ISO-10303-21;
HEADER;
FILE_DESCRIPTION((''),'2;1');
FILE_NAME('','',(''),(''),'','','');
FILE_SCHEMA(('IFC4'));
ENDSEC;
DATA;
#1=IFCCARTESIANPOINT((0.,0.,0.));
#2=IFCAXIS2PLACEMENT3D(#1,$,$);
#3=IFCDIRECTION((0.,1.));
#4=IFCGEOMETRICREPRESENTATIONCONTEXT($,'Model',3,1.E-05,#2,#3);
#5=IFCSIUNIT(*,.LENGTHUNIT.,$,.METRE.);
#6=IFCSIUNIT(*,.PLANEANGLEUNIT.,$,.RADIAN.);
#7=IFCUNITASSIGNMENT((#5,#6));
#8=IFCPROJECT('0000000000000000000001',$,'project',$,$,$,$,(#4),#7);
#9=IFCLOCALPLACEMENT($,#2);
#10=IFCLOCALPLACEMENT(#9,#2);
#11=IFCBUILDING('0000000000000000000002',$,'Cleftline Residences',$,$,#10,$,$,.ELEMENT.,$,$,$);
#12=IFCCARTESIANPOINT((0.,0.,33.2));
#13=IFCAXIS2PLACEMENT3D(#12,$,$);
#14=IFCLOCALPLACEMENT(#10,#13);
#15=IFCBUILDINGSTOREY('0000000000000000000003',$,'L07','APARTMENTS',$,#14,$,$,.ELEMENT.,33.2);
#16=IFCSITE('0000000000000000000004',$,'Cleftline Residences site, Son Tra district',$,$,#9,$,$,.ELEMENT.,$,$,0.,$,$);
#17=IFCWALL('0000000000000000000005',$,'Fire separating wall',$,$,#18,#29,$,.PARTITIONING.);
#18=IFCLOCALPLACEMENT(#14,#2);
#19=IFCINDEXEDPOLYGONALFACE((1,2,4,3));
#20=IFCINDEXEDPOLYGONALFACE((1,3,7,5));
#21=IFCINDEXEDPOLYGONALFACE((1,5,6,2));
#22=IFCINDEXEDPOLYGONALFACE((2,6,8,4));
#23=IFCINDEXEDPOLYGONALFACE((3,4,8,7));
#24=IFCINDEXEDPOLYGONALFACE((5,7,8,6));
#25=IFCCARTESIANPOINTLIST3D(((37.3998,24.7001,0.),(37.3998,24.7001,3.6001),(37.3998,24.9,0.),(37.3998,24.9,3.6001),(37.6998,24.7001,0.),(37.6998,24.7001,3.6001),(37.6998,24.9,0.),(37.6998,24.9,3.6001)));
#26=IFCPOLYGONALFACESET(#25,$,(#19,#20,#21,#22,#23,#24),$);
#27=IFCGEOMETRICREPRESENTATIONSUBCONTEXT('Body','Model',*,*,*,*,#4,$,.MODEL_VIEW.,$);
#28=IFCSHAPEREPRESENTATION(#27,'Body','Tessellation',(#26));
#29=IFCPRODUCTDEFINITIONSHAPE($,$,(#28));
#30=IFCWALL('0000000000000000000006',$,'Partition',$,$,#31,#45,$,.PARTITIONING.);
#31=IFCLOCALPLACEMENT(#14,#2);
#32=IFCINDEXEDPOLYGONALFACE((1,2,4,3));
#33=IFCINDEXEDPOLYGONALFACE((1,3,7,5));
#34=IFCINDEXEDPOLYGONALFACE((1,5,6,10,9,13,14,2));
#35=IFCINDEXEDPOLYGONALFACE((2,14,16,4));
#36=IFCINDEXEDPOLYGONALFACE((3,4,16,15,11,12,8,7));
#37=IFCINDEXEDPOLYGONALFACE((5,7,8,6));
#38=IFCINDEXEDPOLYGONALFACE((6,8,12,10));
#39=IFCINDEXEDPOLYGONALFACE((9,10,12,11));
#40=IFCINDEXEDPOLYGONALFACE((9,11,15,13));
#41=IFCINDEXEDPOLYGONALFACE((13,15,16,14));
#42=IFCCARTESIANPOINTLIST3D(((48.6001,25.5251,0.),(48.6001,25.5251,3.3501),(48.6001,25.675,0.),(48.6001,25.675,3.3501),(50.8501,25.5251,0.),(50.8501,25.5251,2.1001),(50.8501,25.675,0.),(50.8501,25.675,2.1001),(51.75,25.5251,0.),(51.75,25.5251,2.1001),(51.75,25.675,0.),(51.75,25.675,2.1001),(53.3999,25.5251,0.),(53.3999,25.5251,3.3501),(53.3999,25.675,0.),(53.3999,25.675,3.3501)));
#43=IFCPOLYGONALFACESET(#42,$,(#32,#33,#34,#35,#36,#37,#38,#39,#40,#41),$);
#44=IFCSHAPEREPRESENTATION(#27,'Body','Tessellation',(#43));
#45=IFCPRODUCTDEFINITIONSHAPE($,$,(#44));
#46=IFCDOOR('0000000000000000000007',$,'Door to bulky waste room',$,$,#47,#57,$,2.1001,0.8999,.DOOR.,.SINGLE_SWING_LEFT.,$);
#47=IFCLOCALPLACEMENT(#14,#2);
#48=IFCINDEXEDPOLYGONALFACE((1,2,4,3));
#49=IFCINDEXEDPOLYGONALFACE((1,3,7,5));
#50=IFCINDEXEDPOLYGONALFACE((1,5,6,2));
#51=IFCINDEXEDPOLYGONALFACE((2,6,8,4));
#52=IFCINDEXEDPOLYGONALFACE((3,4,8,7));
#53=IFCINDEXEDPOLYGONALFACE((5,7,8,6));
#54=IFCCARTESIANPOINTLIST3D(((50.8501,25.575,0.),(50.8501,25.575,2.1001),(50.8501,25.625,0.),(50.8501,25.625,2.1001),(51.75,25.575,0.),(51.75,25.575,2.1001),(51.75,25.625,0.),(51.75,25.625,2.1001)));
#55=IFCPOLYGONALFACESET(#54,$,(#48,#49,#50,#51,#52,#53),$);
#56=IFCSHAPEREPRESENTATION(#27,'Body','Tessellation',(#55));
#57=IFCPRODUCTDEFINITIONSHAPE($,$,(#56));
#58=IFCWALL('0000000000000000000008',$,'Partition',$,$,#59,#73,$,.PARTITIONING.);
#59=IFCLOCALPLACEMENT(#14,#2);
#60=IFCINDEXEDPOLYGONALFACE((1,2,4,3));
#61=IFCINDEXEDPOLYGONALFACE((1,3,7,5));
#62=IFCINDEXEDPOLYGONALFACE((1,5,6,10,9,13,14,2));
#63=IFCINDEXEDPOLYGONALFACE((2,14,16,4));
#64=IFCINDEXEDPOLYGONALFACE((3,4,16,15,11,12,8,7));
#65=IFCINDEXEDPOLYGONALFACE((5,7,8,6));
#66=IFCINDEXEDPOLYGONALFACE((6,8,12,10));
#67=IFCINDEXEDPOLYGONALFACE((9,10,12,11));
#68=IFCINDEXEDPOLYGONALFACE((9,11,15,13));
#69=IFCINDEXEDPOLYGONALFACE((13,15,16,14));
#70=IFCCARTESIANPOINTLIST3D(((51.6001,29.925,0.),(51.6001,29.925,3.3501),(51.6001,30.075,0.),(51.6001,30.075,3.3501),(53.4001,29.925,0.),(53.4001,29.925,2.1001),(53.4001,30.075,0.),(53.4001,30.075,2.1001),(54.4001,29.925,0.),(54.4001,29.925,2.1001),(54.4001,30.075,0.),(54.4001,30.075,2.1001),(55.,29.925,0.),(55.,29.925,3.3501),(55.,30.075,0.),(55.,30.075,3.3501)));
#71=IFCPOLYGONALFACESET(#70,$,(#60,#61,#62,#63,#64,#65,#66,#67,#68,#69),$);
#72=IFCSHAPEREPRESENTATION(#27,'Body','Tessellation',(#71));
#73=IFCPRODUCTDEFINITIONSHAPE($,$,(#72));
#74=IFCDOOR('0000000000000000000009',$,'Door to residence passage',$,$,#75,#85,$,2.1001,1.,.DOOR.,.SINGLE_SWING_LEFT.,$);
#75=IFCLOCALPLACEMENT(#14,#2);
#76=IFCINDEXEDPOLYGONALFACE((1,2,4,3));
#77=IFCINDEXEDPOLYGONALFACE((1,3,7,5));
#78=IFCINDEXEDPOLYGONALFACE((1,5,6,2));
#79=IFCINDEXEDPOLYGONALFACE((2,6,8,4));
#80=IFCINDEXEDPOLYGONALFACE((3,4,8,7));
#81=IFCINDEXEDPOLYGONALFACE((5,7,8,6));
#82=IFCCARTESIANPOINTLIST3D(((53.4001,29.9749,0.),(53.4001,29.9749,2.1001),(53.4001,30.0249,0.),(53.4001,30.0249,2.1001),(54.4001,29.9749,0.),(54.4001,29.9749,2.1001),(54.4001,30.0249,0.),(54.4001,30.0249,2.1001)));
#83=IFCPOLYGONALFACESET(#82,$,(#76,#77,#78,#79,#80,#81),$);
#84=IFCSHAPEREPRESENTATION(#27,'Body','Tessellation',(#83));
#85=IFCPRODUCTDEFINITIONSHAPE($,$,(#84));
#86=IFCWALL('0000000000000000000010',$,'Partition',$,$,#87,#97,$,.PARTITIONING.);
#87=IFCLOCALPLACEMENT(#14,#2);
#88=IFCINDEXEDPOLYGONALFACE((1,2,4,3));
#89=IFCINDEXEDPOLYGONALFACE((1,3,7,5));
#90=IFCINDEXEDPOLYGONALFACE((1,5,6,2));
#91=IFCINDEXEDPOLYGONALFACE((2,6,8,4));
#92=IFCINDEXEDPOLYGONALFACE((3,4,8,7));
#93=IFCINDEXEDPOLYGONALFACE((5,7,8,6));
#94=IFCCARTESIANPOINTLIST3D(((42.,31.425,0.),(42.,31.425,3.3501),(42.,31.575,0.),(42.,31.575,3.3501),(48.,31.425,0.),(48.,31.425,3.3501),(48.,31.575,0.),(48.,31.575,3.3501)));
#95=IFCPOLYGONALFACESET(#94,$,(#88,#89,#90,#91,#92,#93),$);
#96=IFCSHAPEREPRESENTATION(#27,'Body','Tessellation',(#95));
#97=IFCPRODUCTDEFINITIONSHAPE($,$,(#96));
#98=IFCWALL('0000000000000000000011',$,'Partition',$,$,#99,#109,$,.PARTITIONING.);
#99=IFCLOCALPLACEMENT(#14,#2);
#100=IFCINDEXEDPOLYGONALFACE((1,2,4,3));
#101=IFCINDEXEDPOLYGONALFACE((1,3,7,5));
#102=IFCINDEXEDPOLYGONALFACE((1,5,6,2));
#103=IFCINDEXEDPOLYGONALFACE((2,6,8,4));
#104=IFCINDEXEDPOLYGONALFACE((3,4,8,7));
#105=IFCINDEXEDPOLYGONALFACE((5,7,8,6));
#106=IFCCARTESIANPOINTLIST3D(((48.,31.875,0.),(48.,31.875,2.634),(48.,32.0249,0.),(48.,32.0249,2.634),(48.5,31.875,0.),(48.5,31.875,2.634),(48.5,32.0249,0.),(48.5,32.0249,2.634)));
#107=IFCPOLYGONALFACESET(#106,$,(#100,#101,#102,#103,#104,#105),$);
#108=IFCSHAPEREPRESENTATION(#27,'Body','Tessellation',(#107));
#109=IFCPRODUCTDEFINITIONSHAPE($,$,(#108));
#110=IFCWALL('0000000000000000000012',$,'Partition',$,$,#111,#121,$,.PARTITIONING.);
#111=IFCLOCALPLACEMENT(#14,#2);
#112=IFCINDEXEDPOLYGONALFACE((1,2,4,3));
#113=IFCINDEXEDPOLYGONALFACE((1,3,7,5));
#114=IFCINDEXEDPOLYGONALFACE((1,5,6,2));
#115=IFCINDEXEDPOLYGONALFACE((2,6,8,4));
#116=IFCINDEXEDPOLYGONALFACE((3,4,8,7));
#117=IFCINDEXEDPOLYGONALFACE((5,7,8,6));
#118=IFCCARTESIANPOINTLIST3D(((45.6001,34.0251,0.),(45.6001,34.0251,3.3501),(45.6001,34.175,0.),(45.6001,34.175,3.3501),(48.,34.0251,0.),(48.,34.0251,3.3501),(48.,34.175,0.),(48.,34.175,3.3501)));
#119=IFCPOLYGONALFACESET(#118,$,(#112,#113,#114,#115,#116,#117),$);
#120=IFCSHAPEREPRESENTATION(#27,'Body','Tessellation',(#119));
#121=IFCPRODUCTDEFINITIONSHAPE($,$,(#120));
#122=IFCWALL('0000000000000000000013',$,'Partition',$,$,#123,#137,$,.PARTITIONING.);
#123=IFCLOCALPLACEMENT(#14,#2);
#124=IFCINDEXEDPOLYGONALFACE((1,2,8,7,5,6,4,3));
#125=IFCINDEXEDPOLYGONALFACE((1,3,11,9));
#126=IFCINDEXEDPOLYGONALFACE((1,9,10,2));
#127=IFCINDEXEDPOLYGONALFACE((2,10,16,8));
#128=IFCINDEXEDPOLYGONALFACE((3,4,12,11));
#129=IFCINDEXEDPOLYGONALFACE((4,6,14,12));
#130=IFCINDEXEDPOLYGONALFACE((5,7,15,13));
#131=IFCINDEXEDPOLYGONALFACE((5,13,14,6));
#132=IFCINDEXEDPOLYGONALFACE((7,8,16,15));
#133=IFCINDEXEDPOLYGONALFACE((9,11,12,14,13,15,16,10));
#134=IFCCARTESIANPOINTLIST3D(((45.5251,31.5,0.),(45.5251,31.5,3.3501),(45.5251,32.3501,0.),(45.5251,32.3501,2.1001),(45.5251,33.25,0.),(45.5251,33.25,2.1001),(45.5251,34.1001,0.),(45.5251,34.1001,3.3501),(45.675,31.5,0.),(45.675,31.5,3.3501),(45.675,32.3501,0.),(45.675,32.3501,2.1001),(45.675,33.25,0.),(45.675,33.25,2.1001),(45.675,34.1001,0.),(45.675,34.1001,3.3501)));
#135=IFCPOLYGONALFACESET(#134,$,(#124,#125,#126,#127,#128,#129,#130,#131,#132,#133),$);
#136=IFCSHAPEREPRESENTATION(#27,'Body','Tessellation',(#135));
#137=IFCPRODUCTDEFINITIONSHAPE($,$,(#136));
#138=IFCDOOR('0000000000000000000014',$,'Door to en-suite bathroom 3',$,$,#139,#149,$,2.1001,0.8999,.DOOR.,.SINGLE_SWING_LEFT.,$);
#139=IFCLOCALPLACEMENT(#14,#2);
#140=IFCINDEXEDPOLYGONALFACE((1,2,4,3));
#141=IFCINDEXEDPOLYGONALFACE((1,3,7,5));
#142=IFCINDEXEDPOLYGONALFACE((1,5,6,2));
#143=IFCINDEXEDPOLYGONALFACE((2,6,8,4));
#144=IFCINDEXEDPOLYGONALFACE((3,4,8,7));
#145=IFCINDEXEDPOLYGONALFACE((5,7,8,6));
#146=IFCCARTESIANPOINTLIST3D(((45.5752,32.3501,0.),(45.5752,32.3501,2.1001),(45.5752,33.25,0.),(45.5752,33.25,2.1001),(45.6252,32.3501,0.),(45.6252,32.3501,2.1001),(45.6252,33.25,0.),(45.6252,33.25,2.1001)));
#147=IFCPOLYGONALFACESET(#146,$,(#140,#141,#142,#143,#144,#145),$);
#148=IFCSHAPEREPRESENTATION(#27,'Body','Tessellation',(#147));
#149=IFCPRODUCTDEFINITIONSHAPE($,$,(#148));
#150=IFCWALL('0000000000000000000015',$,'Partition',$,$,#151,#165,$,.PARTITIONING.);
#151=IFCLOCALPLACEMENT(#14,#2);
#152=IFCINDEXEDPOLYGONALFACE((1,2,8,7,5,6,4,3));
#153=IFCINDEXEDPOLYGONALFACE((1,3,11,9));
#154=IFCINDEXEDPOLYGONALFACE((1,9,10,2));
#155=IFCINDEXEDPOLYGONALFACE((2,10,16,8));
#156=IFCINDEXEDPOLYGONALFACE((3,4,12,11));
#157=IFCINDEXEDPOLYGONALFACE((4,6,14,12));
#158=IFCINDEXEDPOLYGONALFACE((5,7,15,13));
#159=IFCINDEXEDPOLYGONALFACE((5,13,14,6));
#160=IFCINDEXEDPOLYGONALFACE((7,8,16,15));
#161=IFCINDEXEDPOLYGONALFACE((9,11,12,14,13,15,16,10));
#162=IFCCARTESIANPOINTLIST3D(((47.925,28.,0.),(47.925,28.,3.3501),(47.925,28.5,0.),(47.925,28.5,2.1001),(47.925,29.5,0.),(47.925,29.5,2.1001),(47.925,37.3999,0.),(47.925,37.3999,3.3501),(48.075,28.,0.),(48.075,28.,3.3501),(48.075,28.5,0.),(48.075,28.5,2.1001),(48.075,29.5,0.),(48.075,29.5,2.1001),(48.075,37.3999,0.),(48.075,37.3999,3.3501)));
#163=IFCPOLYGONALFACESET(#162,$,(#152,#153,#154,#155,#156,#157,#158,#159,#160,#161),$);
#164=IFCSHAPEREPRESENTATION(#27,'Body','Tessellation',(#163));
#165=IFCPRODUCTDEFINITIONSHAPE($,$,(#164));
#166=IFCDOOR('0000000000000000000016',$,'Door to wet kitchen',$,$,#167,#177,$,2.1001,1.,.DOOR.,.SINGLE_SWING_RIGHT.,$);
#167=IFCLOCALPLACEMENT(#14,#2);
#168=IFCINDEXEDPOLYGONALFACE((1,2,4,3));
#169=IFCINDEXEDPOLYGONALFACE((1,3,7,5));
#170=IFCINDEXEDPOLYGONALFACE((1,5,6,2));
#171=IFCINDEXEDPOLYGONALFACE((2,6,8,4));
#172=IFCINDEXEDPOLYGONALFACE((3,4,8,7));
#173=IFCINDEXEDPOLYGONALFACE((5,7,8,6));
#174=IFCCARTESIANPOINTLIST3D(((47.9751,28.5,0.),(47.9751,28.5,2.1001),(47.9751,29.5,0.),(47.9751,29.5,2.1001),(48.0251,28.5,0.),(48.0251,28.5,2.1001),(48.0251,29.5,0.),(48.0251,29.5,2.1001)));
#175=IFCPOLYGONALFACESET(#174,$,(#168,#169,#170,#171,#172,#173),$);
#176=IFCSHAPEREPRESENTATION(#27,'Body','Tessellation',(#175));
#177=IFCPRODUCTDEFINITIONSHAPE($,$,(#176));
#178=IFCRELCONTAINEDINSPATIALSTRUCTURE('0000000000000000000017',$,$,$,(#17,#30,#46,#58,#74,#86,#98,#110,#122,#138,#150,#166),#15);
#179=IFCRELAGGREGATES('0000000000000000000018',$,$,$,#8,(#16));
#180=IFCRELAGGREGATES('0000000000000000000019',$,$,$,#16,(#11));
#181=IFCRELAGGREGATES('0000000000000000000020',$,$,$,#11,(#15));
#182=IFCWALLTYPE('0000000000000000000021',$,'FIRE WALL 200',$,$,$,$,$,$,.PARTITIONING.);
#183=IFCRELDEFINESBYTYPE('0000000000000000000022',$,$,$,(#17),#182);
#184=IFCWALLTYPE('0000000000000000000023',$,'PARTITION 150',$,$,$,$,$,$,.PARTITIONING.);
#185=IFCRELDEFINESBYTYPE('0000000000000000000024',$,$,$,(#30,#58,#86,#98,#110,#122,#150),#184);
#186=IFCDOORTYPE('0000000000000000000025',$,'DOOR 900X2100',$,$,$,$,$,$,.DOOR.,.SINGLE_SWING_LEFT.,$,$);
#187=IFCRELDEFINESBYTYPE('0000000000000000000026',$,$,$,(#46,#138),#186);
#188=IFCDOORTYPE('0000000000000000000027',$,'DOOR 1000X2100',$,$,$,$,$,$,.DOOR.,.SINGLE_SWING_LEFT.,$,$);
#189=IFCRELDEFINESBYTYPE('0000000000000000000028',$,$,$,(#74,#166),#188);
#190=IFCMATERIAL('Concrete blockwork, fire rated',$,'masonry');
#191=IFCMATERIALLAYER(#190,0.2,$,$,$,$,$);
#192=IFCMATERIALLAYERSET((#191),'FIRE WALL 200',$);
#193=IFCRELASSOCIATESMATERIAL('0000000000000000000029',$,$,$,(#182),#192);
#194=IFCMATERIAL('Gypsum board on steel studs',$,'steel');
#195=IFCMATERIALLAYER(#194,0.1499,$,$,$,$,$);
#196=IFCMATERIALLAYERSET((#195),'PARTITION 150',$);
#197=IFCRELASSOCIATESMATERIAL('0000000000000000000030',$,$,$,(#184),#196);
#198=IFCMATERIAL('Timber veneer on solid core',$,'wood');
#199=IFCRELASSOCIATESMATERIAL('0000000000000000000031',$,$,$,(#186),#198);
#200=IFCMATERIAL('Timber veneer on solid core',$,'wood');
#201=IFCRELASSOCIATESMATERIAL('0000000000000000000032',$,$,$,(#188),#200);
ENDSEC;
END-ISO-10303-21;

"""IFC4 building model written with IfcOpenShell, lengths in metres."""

from ifc_helpers import new_model, si_unit, direction, frame, frame_2d, origin, place, context, subcontext, project, spatial, rectangle, extrude, material, layer, layer_set, type_object, element, fill, save


model = new_model("IFC4")

# Units and contexts
model_context = context("Model", 3, precision=1e-05, world=origin(), true_north=direction((0.0, 1.0)))
body_context = subcontext(model_context, "Body", "Model", "MODEL_VIEW")
ifc_project = project(units=[si_unit("LENGTHUNIT", "METRE"), si_unit("PLANEANGLEUNIT", "RADIAN")], contexts=[model_context])

# Site, building, storey
site_placement = place(None, origin())
site = spatial("IfcSite", under=ifc_project, at=site_placement, Name="Cleftline Residences site, Son Tra district", CompositionType="ELEMENT", RefElevation=0.0)
building_placement = place(site_placement, origin())
building = spatial("IfcBuilding", under=site, at=building_placement, Name="Cleftline Residences", CompositionType="ELEMENT")
storey_placement = place(building_placement, frame((0.0, 0.0, 33.2)))
storey = spatial("IfcBuildingStorey", under=building, at=storey_placement, Name="L07", Description="APARTMENTS", CompositionType="ELEMENT", Elevation=33.2)

# Shared definitions
ifc_material_1 = material(Name="Concrete blockwork, fire rated", Category="masonry")
ifc_layer_1 = layer(ifc_material_1, 0.2)
ifc_layer_set_1 = layer_set([ifc_layer_1], Name="FIRE WALL 200")
wall_type_1 = type_object("IfcWallType", Name="FIRE WALL 200", PredefinedType="PARTITIONING", material=ifc_layer_set_1)

# Wall
wall_1_placement = place(storey_placement, frame((37.3999, 24.8, 0.0), z_axis=(0.0, 0.0, 1.0), x_axis=(1.0, 0.0, 0.0)))
element("IfcWall", 1, at=wall_1_placement, inside=storey, type_object=wall_type_1, Name="Fire separating wall", PredefinedType="PARTITIONING", context=body_context, shape_type="SweptSolid", body=[
    extrude(rectangle(XDim=0.3, YDim=0.2, at=frame_2d((0.1499, 0.0))), origin(), (0.0, 0.0, 1.0), 3.6001),
])

# Walls, openings, doors
ifc_material_2 = material(Name="Gypsum board on steel studs", Category="steel")
ifc_layer_2 = layer(ifc_material_2, 0.1499)
ifc_layer_set_2 = layer_set([ifc_layer_2], Name="PARTITION 150")
wall_type_2 = type_object("IfcWallType", Name="PARTITION 150", PredefinedType="PARTITIONING", material=ifc_layer_set_2)
wall_2_placement = place(storey_placement, frame((48.6001, 25.6001, 0.0), z_axis=(0.0, 0.0, 1.0), x_axis=(1.0, 0.0, 0.0)))
wall_2 = element("IfcWall", 2, at=wall_2_placement, inside=storey, type_object=wall_type_2, Name="Partition", PredefinedType="PARTITIONING", context=body_context, shape_type="SweptSolid", body=[
    extrude(rectangle(XDim=4.7998, YDim=0.1499, at=frame_2d((2.3999, 0.0))), origin(), (0.0, 0.0, 1.0), 3.3501),
])
opening_1_placement = place(wall_2_placement, frame((2.25, 0.0, 0.0)))
opening_1 = element("IfcOpeningElement", 3, at=opening_1_placement, cuts=wall_2, PredefinedType="OPENING", context=body_context, shape_type="SweptSolid", body=[
    extrude(rectangle(XDim=0.8999, YDim=2.1001, at=frame_2d((0.45, 1.05))), frame((0.0, 0.085, 0.0), z_axis=(0.0, -1.0, 0.0), x_axis=(1.0, 0.0, 0.0)), (0.0, 0.0, 1.0), 0.1699),
])
ifc_material_3 = material(Name="Timber veneer on solid core", Category="wood")
door_type_1 = type_object("IfcDoorType", Name="DOOR 900X2100", OperationType="SINGLE_SWING_LEFT", PredefinedType="DOOR", material=ifc_material_3)
door_1_placement = place(opening_1_placement, origin())
door_1 = element("IfcDoor", 4, at=door_1_placement, inside=storey, type_object=door_type_1, Name="Door to bulky waste room", OperationType="SINGLE_SWING_LEFT", OverallHeight=2.1001, OverallWidth=0.8999, PredefinedType="DOOR", context=body_context, shape_type="SweptSolid", body=[
    extrude(rectangle(XDim=0.8999, YDim=2.1001, at=frame_2d((0.45, 1.05))), frame((0.0, 0.0249, 0.0), z_axis=(0.0, -1.0, 0.0), x_axis=(1.0, 0.0, 0.0)), (0.0, 0.0, 1.0), 0.05),
])
fill(opening_1, door_1)
wall_3_placement = place(storey_placement, frame((51.6001, 30.0, 0.0), z_axis=(0.0, 0.0, 1.0), x_axis=(1.0, 0.0, 0.0)))
wall_3 = element("IfcWall", 5, at=wall_3_placement, inside=storey, type_object=wall_type_2, Name="Partition", PredefinedType="PARTITIONING", context=body_context, shape_type="SweptSolid", body=[
    extrude(rectangle(XDim=3.3999, YDim=0.1499, at=frame_2d((1.7, 0.0))), origin(), (0.0, 0.0, 1.0), 3.3501),
])
opening_2_placement = place(wall_3_placement, frame((1.8, 0.0, 0.0)))
opening_2 = element("IfcOpeningElement", 6, at=opening_2_placement, cuts=wall_3, PredefinedType="OPENING", context=body_context, shape_type="SweptSolid", body=[
    extrude(rectangle(XDim=1.0, YDim=2.1001, at=frame_2d((0.5, 1.05))), frame((0.0, 0.085, 0.0), z_axis=(0.0, -1.0, 0.0), x_axis=(1.0, 0.0, 0.0)), (0.0, 0.0, 1.0), 0.1699),
])
ifc_material_4 = material(Name="Timber veneer on solid core", Category="wood")
door_type_2 = type_object("IfcDoorType", Name="DOOR 1000X2100", OperationType="SINGLE_SWING_LEFT", PredefinedType="DOOR", material=ifc_material_4)
door_2_placement = place(opening_2_placement, origin())
door_2 = element("IfcDoor", 7, at=door_2_placement, inside=storey, type_object=door_type_2, Name="Door to residence passage", OperationType="SINGLE_SWING_LEFT", OverallHeight=2.1001, OverallWidth=1.0, PredefinedType="DOOR", context=body_context, shape_type="SweptSolid", body=[
    extrude(rectangle(XDim=1.0, YDim=2.1001, at=frame_2d((0.5, 1.05))), frame((0.0, 0.0249, 0.0), z_axis=(0.0, -1.0, 0.0), x_axis=(1.0, 0.0, 0.0)), (0.0, 0.0, 1.0), 0.05),
])
fill(opening_2, door_2)

# Walls
wall_4_placement = place(storey_placement, frame((42.0, 31.5, 0.0), z_axis=(0.0, 0.0, 1.0), x_axis=(1.0, 0.0, 0.0)))
element("IfcWall", 8, at=wall_4_placement, inside=storey, type_object=wall_type_2, Name="Partition", PredefinedType="PARTITIONING", context=body_context, shape_type="SweptSolid", body=[
    extrude(rectangle(XDim=6.0, YDim=0.1499, at=frame_2d((3.0, 0.0))), origin(), (0.0, 0.0, 1.0), 3.3501),
])
wall_5_placement = place(storey_placement, frame((48.0, 31.95, 0.0), z_axis=(0.0, 0.0, 1.0), x_axis=(1.0, 0.0, 0.0)))
element("IfcWall", 9, at=wall_5_placement, inside=storey, type_object=wall_type_2, Name="Partition", PredefinedType="PARTITIONING", context=body_context, shape_type="SweptSolid", body=[
    extrude(rectangle(XDim=0.5, YDim=0.1499, at=frame_2d((0.25, 0.0))), origin(), (0.0, 0.0, 1.0), 2.634),
])
wall_6_placement = place(storey_placement, frame((45.6001, 34.1001, 0.0), z_axis=(0.0, 0.0, 1.0), x_axis=(1.0, 0.0, 0.0)))
element("IfcWall", 10, at=wall_6_placement, inside=storey, type_object=wall_type_2, Name="Partition", PredefinedType="PARTITIONING", context=body_context, shape_type="SweptSolid", body=[
    extrude(rectangle(XDim=2.3999, YDim=0.1499, at=frame_2d((1.2, 0.0))), origin(), (0.0, 0.0, 1.0), 3.3501),
])

# Walls, openings, doors
wall_7_placement = place(storey_placement, frame((45.6001, 31.5, 0.0), z_axis=(0.0, 0.0, 1.0), x_axis=(0.0, 1.0, 0.0)))
wall_7 = element("IfcWall", 11, at=wall_7_placement, inside=storey, type_object=wall_type_2, Name="Partition", PredefinedType="PARTITIONING", context=body_context, shape_type="SweptSolid", body=[
    extrude(rectangle(XDim=2.6001, YDim=0.1499, at=frame_2d((1.3, 0.0))), origin(), (0.0, 0.0, 1.0), 3.3501),
])
opening_3_placement = place(wall_7_placement, frame((0.8501, 0.0, 0.0)))
opening_3 = element("IfcOpeningElement", 12, at=opening_3_placement, cuts=wall_7, PredefinedType="OPENING", context=body_context, shape_type="SweptSolid", body=[
    extrude(rectangle(XDim=0.8999, YDim=2.1001, at=frame_2d((0.45, 1.05))), frame((0.0, 0.085, 0.0), z_axis=(0.0, -1.0, 0.0), x_axis=(1.0, 0.0, 0.0)), (0.0, 0.0, 1.0), 0.1699),
])
door_3_placement = place(opening_3_placement, origin())
door_3 = element("IfcDoor", 13, at=door_3_placement, inside=storey, type_object=door_type_1, Name="Door to en-suite bathroom 3", OperationType="SINGLE_SWING_LEFT", OverallHeight=2.1001, OverallWidth=0.8999, PredefinedType="DOOR", context=body_context, shape_type="SweptSolid", body=[
    extrude(rectangle(XDim=0.8999, YDim=2.1001, at=frame_2d((0.45, 1.05))), frame((0.0, 0.0249, 0.0), z_axis=(0.0, -1.0, 0.0), x_axis=(1.0, 0.0, 0.0)), (0.0, 0.0, 1.0), 0.05),
])
fill(opening_3, door_3)
wall_8_placement = place(storey_placement, frame((48.0, 28.0, 0.0), z_axis=(0.0, 0.0, 1.0), x_axis=(0.0, 1.0, 0.0)))
wall_8 = element("IfcWall", 14, at=wall_8_placement, inside=storey, type_object=wall_type_2, Name="Partition", PredefinedType="PARTITIONING", context=body_context, shape_type="SweptSolid", body=[
    extrude(rectangle(XDim=9.3999, YDim=0.1499, at=frame_2d((4.7, 0.0))), origin(), (0.0, 0.0, 1.0), 3.3501),
])
opening_4_placement = place(wall_8_placement, frame((0.5, 0.0, 0.0)))
opening_4 = element("IfcOpeningElement", 15, at=opening_4_placement, cuts=wall_8, PredefinedType="OPENING", context=body_context, shape_type="SweptSolid", body=[
    extrude(rectangle(XDim=1.0, YDim=2.1001, at=frame_2d((0.5, 1.05))), frame((0.0, 0.085, 0.0), z_axis=(0.0, -1.0, 0.0), x_axis=(1.0, 0.0, 0.0)), (0.0, 0.0, 1.0), 0.1699),
])
door_4_placement = place(opening_4_placement, origin())
door_4 = element("IfcDoor", 16, at=door_4_placement, inside=storey, type_object=door_type_2, Name="Door to wet kitchen", OperationType="SINGLE_SWING_RIGHT", OverallHeight=2.1001, OverallWidth=1.0, PredefinedType="DOOR", context=body_context, shape_type="SweptSolid", body=[
    extrude(rectangle(XDim=1.0, YDim=2.1001, at=frame_2d((0.5, 1.05))), frame((0.0, 0.0249, 0.0), z_axis=(0.0, -1.0, 0.0), x_axis=(1.0, 0.0, 0.0)), (0.0, 0.0, 1.0), 0.05),
])
fill(opening_4, door_4)

save(model, "model.ifc")
